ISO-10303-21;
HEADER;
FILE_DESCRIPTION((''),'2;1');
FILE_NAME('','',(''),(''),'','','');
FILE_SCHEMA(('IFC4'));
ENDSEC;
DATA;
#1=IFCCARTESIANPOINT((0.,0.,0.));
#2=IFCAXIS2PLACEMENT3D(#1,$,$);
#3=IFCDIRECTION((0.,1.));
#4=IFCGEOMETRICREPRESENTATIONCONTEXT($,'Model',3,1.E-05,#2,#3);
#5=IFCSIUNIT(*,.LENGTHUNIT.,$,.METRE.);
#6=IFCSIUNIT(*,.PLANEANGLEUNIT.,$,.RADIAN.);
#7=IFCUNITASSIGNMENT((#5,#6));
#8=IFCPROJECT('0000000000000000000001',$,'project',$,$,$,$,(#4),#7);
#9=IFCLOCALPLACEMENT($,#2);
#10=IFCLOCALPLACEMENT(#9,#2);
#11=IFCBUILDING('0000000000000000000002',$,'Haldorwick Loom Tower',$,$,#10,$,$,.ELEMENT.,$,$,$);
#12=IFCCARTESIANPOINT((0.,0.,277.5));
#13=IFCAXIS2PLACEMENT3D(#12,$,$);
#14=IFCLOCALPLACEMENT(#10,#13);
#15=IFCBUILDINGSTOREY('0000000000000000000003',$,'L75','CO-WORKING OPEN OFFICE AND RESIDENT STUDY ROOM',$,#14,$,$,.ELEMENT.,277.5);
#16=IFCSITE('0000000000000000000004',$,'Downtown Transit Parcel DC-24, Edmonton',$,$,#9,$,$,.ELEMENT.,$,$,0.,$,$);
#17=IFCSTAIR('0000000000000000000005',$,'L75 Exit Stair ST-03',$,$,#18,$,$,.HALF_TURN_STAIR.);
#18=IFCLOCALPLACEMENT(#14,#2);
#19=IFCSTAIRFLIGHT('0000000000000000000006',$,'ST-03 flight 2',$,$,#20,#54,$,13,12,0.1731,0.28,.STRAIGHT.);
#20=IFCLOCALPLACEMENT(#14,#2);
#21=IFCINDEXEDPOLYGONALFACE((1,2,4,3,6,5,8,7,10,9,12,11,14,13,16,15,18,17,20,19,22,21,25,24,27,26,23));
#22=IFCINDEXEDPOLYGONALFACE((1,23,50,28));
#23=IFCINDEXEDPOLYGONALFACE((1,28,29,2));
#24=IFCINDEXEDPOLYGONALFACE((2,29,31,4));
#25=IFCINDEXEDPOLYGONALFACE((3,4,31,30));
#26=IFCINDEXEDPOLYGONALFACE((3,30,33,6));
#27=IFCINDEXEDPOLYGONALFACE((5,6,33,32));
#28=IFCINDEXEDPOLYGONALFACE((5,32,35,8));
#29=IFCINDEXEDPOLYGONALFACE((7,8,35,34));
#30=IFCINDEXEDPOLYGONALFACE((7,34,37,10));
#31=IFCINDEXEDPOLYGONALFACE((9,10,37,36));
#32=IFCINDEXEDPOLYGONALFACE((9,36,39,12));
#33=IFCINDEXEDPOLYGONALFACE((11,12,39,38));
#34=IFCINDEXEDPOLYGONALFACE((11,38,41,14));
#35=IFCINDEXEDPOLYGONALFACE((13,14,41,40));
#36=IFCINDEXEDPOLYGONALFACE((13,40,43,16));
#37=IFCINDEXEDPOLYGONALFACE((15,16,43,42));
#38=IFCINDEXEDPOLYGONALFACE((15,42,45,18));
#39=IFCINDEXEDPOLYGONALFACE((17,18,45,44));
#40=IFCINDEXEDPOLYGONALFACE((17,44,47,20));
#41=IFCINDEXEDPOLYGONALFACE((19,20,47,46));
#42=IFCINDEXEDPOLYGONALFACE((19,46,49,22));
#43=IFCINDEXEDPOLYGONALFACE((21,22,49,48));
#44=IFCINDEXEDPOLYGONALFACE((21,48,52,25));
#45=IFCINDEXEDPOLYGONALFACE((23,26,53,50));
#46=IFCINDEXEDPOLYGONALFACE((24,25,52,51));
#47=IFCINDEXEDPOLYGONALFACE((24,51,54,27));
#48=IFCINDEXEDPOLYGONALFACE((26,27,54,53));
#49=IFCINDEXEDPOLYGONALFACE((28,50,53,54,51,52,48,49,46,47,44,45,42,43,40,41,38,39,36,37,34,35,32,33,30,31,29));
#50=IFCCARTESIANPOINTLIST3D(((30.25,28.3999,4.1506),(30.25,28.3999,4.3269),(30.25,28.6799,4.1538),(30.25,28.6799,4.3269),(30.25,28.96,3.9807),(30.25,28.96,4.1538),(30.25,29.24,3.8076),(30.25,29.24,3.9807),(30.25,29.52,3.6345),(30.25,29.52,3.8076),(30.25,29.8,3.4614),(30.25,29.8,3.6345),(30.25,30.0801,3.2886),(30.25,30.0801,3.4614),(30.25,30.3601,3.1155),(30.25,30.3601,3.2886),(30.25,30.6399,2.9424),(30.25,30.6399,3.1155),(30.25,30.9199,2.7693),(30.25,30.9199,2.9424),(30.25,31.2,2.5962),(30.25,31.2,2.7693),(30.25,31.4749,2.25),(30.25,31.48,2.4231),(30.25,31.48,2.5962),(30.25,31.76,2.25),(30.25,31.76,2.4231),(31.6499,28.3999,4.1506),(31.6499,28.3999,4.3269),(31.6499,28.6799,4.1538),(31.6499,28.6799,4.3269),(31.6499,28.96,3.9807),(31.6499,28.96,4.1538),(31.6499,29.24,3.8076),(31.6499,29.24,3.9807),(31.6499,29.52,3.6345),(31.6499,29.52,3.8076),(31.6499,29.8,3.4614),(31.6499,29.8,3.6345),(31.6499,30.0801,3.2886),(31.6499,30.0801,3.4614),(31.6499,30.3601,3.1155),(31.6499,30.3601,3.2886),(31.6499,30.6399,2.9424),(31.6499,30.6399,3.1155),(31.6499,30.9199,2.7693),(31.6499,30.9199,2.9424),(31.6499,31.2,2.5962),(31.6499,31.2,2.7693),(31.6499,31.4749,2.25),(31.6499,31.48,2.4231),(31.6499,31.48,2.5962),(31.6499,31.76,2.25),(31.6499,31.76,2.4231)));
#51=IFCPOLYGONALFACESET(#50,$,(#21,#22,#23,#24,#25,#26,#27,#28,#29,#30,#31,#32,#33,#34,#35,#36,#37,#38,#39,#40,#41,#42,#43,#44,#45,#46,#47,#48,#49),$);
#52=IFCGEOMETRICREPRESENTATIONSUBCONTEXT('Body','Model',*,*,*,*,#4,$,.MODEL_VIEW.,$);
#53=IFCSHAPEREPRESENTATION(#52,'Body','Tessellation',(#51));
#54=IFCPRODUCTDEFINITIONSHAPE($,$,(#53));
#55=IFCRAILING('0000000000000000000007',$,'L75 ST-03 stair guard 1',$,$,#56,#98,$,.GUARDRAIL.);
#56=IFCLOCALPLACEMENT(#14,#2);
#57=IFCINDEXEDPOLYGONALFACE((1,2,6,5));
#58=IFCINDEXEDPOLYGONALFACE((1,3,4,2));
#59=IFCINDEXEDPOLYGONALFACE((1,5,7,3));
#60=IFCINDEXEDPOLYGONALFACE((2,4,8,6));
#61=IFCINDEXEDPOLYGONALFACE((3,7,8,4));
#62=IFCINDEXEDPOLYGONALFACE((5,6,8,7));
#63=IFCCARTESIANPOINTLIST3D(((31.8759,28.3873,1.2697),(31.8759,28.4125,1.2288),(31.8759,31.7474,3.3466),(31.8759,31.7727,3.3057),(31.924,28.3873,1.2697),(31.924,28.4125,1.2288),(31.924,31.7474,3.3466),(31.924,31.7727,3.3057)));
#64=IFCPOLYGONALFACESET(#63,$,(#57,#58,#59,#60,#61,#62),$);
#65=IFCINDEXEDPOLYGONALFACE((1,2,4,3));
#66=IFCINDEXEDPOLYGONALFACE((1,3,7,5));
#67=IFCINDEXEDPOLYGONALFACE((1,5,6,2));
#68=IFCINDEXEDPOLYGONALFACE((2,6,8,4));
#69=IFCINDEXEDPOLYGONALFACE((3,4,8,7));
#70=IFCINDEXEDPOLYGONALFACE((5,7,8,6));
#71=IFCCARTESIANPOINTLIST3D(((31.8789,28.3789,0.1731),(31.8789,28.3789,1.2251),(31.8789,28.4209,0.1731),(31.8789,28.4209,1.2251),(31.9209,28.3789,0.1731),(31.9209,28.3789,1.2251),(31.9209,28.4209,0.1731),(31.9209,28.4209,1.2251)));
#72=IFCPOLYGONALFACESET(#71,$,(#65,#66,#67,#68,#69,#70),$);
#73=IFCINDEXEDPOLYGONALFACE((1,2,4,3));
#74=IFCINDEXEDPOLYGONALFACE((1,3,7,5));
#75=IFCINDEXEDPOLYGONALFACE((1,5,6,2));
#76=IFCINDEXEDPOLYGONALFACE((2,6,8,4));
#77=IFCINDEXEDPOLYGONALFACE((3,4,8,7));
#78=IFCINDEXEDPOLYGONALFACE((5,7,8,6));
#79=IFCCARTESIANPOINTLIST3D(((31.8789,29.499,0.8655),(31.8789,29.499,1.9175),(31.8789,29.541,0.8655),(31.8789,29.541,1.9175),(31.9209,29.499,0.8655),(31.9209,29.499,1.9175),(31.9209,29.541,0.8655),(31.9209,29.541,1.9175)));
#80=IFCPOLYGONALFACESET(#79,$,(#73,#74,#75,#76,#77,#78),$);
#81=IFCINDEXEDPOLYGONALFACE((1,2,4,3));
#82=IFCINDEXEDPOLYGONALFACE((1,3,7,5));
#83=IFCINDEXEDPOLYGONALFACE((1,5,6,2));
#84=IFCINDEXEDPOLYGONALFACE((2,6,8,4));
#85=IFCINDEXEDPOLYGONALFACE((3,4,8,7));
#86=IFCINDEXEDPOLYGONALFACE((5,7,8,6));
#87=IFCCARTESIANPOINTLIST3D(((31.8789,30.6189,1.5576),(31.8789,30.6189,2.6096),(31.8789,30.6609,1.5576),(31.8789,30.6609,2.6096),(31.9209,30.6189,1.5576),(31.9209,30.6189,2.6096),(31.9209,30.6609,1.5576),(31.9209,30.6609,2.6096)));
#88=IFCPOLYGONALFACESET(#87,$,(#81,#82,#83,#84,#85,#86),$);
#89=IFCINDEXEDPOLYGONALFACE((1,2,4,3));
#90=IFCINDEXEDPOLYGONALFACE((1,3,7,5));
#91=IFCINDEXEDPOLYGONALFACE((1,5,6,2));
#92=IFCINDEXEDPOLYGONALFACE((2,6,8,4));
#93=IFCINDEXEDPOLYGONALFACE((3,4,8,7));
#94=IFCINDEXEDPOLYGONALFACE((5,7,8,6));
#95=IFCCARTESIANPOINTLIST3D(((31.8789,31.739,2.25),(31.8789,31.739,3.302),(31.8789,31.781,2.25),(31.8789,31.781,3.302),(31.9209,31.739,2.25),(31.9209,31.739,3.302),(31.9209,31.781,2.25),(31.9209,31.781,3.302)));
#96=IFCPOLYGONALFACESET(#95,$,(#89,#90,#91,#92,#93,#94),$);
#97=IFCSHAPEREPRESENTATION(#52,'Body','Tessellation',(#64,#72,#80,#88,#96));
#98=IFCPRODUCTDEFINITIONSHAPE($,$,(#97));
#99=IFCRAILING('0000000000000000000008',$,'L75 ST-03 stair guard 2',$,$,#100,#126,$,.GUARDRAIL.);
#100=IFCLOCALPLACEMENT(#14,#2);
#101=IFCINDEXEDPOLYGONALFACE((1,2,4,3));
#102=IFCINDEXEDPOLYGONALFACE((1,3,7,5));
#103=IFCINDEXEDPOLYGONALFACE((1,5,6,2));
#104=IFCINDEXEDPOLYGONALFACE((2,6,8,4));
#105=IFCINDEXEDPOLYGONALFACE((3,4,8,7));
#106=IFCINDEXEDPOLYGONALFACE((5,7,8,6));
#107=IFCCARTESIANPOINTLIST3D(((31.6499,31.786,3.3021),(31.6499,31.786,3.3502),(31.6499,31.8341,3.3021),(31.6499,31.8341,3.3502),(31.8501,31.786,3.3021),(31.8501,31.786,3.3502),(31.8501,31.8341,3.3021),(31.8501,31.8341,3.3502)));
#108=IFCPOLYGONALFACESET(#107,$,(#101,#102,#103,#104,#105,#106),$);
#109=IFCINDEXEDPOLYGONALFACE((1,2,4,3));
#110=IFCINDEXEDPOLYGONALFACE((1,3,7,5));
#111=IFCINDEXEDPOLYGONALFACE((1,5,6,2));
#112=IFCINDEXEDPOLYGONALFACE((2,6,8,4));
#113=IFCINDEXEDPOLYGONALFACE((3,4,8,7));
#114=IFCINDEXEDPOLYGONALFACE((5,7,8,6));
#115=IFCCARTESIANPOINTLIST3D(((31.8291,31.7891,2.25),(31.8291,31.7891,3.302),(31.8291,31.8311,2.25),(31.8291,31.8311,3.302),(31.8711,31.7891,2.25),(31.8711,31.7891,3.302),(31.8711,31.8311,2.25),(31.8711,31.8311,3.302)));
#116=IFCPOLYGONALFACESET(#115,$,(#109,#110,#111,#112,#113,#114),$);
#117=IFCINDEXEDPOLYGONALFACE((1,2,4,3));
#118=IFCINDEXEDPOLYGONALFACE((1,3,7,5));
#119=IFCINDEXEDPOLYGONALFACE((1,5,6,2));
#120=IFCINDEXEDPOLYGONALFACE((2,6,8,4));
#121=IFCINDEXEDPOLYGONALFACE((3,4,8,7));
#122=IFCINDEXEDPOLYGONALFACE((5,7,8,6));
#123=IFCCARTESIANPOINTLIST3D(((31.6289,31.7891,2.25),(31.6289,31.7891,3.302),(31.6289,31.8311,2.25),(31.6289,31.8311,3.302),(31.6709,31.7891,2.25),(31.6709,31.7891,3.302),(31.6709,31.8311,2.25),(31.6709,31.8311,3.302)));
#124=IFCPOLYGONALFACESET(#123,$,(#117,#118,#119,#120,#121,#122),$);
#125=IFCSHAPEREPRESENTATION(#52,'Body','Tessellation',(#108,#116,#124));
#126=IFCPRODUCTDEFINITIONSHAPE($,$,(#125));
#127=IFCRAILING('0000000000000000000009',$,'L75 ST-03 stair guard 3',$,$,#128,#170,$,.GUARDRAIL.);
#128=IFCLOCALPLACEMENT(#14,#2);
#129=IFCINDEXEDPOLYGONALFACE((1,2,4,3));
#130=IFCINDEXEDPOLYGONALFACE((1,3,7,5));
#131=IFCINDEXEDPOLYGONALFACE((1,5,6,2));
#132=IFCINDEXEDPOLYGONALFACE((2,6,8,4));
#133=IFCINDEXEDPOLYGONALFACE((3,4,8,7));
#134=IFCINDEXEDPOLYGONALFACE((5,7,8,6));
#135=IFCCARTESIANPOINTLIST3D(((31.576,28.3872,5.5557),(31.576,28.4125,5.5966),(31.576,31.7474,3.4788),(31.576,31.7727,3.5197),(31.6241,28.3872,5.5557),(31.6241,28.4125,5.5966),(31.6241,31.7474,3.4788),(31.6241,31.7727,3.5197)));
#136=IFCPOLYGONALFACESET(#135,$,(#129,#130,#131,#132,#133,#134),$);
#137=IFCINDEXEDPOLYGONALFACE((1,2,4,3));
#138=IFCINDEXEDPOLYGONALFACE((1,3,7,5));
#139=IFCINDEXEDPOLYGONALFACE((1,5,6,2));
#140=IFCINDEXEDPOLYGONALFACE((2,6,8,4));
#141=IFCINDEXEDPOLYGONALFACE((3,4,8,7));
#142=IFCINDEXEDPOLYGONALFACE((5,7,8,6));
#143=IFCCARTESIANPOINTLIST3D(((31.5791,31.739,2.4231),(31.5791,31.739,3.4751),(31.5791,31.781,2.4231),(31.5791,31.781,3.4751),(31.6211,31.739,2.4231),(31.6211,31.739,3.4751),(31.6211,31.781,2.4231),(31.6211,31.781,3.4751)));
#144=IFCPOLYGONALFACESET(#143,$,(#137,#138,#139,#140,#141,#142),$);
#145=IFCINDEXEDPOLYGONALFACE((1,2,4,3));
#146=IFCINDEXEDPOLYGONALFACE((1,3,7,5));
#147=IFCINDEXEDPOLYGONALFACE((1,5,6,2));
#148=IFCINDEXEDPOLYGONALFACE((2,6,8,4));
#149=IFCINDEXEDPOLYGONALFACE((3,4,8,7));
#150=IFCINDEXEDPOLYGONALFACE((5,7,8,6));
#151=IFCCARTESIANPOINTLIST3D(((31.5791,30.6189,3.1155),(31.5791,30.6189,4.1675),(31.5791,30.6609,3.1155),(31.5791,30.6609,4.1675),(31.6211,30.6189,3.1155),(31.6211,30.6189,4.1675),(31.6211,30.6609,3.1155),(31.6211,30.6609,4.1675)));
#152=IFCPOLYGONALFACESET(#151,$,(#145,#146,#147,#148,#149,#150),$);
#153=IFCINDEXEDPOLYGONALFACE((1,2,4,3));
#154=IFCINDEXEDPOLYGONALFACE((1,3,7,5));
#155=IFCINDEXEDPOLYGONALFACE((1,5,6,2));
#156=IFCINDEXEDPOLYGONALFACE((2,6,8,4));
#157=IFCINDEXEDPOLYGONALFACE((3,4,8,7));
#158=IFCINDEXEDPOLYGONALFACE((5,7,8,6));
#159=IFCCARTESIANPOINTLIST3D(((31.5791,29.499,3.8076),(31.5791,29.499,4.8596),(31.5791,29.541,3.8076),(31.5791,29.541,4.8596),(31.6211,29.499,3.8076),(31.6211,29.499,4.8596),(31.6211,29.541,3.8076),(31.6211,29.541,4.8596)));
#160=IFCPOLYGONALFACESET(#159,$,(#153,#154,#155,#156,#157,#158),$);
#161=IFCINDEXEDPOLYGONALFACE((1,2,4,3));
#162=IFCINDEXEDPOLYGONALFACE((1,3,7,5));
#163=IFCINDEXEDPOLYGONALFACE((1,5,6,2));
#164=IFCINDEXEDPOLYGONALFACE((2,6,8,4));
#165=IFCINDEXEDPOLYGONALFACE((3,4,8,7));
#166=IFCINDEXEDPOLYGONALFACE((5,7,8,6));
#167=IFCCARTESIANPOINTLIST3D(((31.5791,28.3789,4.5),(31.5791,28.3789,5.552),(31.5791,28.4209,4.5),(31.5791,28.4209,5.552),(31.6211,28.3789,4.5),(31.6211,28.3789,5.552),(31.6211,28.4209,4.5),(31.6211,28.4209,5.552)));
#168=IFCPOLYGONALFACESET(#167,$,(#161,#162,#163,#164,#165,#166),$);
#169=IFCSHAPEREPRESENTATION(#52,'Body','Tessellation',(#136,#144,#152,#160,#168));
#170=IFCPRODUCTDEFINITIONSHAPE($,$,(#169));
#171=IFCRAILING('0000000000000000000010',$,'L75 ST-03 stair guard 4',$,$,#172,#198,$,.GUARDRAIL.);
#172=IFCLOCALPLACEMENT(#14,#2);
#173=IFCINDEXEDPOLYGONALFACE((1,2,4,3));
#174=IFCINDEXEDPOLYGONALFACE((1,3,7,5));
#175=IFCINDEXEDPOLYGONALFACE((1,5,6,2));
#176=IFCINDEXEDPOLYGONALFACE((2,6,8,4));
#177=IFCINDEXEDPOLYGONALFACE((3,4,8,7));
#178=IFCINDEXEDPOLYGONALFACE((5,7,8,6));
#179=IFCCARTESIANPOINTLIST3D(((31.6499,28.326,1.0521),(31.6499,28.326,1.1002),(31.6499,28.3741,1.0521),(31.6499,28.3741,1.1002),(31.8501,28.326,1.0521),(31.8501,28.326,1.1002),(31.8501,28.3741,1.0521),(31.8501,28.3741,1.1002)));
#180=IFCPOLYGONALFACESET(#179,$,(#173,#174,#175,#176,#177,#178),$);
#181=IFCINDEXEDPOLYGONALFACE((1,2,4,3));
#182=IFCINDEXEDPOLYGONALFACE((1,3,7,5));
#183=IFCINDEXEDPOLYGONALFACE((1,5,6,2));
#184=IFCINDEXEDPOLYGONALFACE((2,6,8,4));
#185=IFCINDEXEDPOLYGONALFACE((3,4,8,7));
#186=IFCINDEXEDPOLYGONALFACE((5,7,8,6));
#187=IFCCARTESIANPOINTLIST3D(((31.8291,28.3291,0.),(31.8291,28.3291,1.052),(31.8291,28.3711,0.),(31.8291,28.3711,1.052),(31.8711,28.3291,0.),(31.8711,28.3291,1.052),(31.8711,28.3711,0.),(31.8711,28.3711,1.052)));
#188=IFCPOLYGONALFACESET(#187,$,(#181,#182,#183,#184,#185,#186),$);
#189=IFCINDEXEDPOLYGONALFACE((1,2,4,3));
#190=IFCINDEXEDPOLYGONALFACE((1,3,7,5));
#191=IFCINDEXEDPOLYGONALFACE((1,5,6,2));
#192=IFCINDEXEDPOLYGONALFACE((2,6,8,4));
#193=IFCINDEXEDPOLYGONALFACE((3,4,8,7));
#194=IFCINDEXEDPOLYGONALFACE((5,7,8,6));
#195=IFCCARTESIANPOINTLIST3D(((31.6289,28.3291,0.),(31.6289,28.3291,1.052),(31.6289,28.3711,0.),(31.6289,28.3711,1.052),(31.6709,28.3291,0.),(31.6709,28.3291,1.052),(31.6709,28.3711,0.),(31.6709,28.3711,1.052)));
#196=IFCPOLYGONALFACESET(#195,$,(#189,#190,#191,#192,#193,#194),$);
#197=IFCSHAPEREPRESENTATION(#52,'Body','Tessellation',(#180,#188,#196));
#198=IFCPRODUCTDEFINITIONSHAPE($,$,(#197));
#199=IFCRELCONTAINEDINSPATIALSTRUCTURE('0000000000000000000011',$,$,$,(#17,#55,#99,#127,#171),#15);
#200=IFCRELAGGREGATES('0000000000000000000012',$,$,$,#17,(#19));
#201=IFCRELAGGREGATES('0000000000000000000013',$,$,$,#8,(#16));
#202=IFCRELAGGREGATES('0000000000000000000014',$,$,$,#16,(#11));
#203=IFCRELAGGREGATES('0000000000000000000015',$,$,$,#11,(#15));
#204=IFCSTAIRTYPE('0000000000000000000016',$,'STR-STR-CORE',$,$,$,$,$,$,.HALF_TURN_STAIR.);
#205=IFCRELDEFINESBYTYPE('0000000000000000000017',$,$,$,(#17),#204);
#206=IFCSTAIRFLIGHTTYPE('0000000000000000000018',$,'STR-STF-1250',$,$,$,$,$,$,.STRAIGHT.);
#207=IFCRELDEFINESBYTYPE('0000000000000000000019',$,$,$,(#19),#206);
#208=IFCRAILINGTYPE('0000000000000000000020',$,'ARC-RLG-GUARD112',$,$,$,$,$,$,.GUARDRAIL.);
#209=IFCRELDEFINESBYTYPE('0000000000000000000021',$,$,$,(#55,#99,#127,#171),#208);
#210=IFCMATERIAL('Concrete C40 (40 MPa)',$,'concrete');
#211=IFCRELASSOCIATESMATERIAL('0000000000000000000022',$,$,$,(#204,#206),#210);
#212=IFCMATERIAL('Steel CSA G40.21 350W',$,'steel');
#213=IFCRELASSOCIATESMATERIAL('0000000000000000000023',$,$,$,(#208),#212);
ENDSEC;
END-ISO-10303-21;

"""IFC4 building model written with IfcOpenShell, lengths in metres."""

from ifc_helpers import new_model, si_unit, direction, frame, origin, origin_2d, place, context, subcontext, project, spatial, polyline, rectangle, outline, extrude, material, type_object, element, aggregate, save


model = new_model("IFC4")

# Units and contexts
model_context = context("Model", 3, precision=1e-05, world=origin(), true_north=direction((0.0, 1.0)))
body_context = subcontext(model_context, "Body", "Model", "MODEL_VIEW")
ifc_project = project(units=[si_unit("LENGTHUNIT", "METRE"), si_unit("PLANEANGLEUNIT", "RADIAN")], contexts=[model_context])

# Site, building, storey
site_placement = place(None, origin())
site = spatial("IfcSite", under=ifc_project, at=site_placement, Name="Downtown Transit Parcel DC-24, Edmonton", CompositionType="ELEMENT", RefElevation=0.0)
building_placement = place(site_placement, origin())
building = spatial("IfcBuilding", under=site, at=building_placement, Name="Haldorwick Loom Tower", CompositionType="ELEMENT")
storey_placement = place(building_placement, frame((0.0, 0.0, 277.5)))
storey = spatial("IfcBuildingStorey", under=building, at=storey_placement, Name="L75", Description="CO-WORKING OPEN OFFICE AND RESIDENT STUDY ROOM", CompositionType="ELEMENT", Elevation=277.5)

# Shared definitions
ifc_material_1 = material(Name="Steel CSA G40.21 350W", Category="steel")

# Stair, stair flight
ifc_material_2 = material(Name="Concrete C40 (40 MPa)", Category="concrete")
stair_type = type_object("IfcStairType", Name="STR-STR-CORE", PredefinedType="HALF_TURN_STAIR", material=ifc_material_2)
stair_placement = place(storey_placement, origin())
stair = element("IfcStair", 1, at=stair_placement, inside=storey, type_object=stair_type, Name="L75 Exit Stair ST-03", PredefinedType="HALF_TURN_STAIR")
stair_flight_type = type_object("IfcStairFlightType", Name="STR-STF-1250", PredefinedType="STRAIGHT", material=ifc_material_2)
stair_flight_1_placement = place(storey_placement, frame((30.95, 31.76, 2.25), z_axis=(0.0, 0.0, 1.0), x_axis=(0.0, -1.0, 0.0)))
stair_flight_1 = element("IfcStairFlight", 2, at=stair_flight_1_placement, type_object=stair_flight_type, Name="ST-03 flight 2", NumberOfRisers=13, NumberOfTreads=12, PredefinedType="STRAIGHT", RiserHeight=0.1731, TreadLength=0.28, context=body_context, shape_type="SweptSolid", body=[
    extrude(outline(polyline([(0.0, 0.0), (0.0, 0.1731), (0.28, 0.1731), (0.28, 0.3462), (0.5601, 0.3462), (0.5601, 0.5193), (0.8401, 0.5193), (0.8401, 0.6924), (1.1201, 0.6924), (1.1201, 0.8655), (1.3999, 0.8655), (1.3999, 1.0386), (1.6799, 1.0386), (1.6799, 1.2114), (1.96, 1.2114), (1.96, 1.3845), (2.24, 1.3845), (2.24, 1.5576), (2.52, 1.5576), (2.52, 1.7307), (2.8, 1.7307), (2.8, 1.9038), (3.0801, 1.9038), (3.0801, 2.0769), (3.3601, 2.0769), (3.3601, 2.25), (3.3601, 1.9006), (0.2852, 0.0), (0.0, 0.0)])), frame((0.0, 0.7, 0.0), z_axis=(0.0, -1.0, 0.0), x_axis=(1.0, 0.0, 0.0)), (0.0, 0.0, 1.0), 1.3999),
])
aggregate(stair, [stair_flight_1])

# Railings
railing_type_1 = type_object("IfcRailingType", Name="ARC-RLG-GUARD112", PredefinedType="GUARDRAIL", material=ifc_material_1)
railing_1_placement = place(storey_placement, frame((31.8999, 28.3999, 0.1731)))
element("IfcRailing", 3, at=railing_1_placement, inside=storey, type_object=railing_type_1, Name="L75 ST-03 stair guard 1", PredefinedType="GUARDRAIL", context=body_context, shape_type="SweptSolid", body=[
    extrude(rectangle(XDim=0.0481, YDim=0.0481, at=origin_2d()), frame((0.0, 0.0, 1.0762), z_axis=(0.0, 0.850623, 0.525776), x_axis=(-1.0, 0.0, 0.0)), (0.0, 0.0, 1.0), 3.9502),
    extrude(rectangle(XDim=0.042, YDim=0.042, at=origin_2d()), origin(), (0.0, 0.0, 1.0), 1.052),
    extrude(rectangle(XDim=0.042, YDim=0.042, at=origin_2d()), frame((0.0, 1.1201, 0.6924)), (0.0, 0.0, 1.0), 1.052),
    extrude(rectangle(XDim=0.042, YDim=0.042, at=origin_2d()), frame((0.0, 2.24, 1.3845)), (0.0, 0.0, 1.0), 1.052),
    extrude(rectangle(XDim=0.042, YDim=0.042, at=origin_2d()), frame((0.0, 3.3601, 2.0769)), (0.0, 0.0, 1.0), 1.052),
])
railing_2_placement = place(storey_placement, frame((31.8501, 31.8101, 2.25)))
element("IfcRailing", 4, at=railing_2_placement, inside=storey, type_object=railing_type_1, Name="L75 ST-03 stair guard 2", PredefinedType="GUARDRAIL", context=body_context, shape_type="SweptSolid", body=[
    extrude(rectangle(XDim=0.0481, YDim=0.0481, at=origin_2d()), frame((0.0, 0.0, 1.0762), z_axis=(-1.0, 0.0, 0.0), x_axis=(0.0, -1.0, 0.0)), (0.0, 0.0, 1.0), 0.2002),
    extrude(rectangle(XDim=0.042, YDim=0.042, at=origin_2d()), origin(), (0.0, 0.0, 1.0), 1.052),
    extrude(rectangle(XDim=0.042, YDim=0.042, at=origin_2d()), frame((-0.2002, 0.0, 0.0)), (0.0, 0.0, 1.0), 1.052),
])
railing_3_placement = place(storey_placement, frame((31.6001, 31.76, 2.4231)))
element("IfcRailing", 5, at=railing_3_placement, inside=storey, type_object=railing_type_1, Name="L75 ST-03 stair guard 3", PredefinedType="GUARDRAIL", context=body_context, shape_type="SweptSolid", body=[
    extrude(rectangle(XDim=0.0481, YDim=0.0481, at=origin_2d()), frame((0.0, 0.0, 1.0762), z_axis=(0.0, -0.850623, 0.525776), x_axis=(1.0, 0.0, 0.0)), (0.0, 0.0, 1.0), 3.9502),
    extrude(rectangle(XDim=0.042, YDim=0.042, at=origin_2d()), origin(), (0.0, 0.0, 1.0), 1.052),
    extrude(rectangle(XDim=0.042, YDim=0.042, at=origin_2d()), frame((0.0, -1.1201, 0.6924)), (0.0, 0.0, 1.0), 1.052),
    extrude(rectangle(XDim=0.042, YDim=0.042, at=origin_2d()), frame((0.0, -2.24, 1.3845)), (0.0, 0.0, 1.0), 1.052),
    extrude(rectangle(XDim=0.042, YDim=0.042, at=origin_2d()), frame((0.0, -3.3601, 2.0769)), (0.0, 0.0, 1.0), 1.052),
])
railing_4_placement = place(storey_placement, frame((31.8501, 28.3501, 0.0)))
element("IfcRailing", 6, at=railing_4_placement, inside=storey, type_object=railing_type_1, Name="L75 ST-03 stair guard 4", PredefinedType="GUARDRAIL", context=body_context, shape_type="SweptSolid", body=[
    extrude(rectangle(XDim=0.0481, YDim=0.0481, at=origin_2d()), frame((0.0, 0.0, 1.0762), z_axis=(-1.0, 0.0, 0.0), x_axis=(0.0, -1.0, 0.0)), (0.0, 0.0, 1.0), 0.2002),
    extrude(rectangle(XDim=0.042, YDim=0.042, at=origin_2d()), origin(), (0.0, 0.0, 1.0), 1.052),
    extrude(rectangle(XDim=0.042, YDim=0.042, at=origin_2d()), frame((-0.2002, 0.0, 0.0)), (0.0, 0.0, 1.0), 1.052),
])

save(model, "model.ifc")
